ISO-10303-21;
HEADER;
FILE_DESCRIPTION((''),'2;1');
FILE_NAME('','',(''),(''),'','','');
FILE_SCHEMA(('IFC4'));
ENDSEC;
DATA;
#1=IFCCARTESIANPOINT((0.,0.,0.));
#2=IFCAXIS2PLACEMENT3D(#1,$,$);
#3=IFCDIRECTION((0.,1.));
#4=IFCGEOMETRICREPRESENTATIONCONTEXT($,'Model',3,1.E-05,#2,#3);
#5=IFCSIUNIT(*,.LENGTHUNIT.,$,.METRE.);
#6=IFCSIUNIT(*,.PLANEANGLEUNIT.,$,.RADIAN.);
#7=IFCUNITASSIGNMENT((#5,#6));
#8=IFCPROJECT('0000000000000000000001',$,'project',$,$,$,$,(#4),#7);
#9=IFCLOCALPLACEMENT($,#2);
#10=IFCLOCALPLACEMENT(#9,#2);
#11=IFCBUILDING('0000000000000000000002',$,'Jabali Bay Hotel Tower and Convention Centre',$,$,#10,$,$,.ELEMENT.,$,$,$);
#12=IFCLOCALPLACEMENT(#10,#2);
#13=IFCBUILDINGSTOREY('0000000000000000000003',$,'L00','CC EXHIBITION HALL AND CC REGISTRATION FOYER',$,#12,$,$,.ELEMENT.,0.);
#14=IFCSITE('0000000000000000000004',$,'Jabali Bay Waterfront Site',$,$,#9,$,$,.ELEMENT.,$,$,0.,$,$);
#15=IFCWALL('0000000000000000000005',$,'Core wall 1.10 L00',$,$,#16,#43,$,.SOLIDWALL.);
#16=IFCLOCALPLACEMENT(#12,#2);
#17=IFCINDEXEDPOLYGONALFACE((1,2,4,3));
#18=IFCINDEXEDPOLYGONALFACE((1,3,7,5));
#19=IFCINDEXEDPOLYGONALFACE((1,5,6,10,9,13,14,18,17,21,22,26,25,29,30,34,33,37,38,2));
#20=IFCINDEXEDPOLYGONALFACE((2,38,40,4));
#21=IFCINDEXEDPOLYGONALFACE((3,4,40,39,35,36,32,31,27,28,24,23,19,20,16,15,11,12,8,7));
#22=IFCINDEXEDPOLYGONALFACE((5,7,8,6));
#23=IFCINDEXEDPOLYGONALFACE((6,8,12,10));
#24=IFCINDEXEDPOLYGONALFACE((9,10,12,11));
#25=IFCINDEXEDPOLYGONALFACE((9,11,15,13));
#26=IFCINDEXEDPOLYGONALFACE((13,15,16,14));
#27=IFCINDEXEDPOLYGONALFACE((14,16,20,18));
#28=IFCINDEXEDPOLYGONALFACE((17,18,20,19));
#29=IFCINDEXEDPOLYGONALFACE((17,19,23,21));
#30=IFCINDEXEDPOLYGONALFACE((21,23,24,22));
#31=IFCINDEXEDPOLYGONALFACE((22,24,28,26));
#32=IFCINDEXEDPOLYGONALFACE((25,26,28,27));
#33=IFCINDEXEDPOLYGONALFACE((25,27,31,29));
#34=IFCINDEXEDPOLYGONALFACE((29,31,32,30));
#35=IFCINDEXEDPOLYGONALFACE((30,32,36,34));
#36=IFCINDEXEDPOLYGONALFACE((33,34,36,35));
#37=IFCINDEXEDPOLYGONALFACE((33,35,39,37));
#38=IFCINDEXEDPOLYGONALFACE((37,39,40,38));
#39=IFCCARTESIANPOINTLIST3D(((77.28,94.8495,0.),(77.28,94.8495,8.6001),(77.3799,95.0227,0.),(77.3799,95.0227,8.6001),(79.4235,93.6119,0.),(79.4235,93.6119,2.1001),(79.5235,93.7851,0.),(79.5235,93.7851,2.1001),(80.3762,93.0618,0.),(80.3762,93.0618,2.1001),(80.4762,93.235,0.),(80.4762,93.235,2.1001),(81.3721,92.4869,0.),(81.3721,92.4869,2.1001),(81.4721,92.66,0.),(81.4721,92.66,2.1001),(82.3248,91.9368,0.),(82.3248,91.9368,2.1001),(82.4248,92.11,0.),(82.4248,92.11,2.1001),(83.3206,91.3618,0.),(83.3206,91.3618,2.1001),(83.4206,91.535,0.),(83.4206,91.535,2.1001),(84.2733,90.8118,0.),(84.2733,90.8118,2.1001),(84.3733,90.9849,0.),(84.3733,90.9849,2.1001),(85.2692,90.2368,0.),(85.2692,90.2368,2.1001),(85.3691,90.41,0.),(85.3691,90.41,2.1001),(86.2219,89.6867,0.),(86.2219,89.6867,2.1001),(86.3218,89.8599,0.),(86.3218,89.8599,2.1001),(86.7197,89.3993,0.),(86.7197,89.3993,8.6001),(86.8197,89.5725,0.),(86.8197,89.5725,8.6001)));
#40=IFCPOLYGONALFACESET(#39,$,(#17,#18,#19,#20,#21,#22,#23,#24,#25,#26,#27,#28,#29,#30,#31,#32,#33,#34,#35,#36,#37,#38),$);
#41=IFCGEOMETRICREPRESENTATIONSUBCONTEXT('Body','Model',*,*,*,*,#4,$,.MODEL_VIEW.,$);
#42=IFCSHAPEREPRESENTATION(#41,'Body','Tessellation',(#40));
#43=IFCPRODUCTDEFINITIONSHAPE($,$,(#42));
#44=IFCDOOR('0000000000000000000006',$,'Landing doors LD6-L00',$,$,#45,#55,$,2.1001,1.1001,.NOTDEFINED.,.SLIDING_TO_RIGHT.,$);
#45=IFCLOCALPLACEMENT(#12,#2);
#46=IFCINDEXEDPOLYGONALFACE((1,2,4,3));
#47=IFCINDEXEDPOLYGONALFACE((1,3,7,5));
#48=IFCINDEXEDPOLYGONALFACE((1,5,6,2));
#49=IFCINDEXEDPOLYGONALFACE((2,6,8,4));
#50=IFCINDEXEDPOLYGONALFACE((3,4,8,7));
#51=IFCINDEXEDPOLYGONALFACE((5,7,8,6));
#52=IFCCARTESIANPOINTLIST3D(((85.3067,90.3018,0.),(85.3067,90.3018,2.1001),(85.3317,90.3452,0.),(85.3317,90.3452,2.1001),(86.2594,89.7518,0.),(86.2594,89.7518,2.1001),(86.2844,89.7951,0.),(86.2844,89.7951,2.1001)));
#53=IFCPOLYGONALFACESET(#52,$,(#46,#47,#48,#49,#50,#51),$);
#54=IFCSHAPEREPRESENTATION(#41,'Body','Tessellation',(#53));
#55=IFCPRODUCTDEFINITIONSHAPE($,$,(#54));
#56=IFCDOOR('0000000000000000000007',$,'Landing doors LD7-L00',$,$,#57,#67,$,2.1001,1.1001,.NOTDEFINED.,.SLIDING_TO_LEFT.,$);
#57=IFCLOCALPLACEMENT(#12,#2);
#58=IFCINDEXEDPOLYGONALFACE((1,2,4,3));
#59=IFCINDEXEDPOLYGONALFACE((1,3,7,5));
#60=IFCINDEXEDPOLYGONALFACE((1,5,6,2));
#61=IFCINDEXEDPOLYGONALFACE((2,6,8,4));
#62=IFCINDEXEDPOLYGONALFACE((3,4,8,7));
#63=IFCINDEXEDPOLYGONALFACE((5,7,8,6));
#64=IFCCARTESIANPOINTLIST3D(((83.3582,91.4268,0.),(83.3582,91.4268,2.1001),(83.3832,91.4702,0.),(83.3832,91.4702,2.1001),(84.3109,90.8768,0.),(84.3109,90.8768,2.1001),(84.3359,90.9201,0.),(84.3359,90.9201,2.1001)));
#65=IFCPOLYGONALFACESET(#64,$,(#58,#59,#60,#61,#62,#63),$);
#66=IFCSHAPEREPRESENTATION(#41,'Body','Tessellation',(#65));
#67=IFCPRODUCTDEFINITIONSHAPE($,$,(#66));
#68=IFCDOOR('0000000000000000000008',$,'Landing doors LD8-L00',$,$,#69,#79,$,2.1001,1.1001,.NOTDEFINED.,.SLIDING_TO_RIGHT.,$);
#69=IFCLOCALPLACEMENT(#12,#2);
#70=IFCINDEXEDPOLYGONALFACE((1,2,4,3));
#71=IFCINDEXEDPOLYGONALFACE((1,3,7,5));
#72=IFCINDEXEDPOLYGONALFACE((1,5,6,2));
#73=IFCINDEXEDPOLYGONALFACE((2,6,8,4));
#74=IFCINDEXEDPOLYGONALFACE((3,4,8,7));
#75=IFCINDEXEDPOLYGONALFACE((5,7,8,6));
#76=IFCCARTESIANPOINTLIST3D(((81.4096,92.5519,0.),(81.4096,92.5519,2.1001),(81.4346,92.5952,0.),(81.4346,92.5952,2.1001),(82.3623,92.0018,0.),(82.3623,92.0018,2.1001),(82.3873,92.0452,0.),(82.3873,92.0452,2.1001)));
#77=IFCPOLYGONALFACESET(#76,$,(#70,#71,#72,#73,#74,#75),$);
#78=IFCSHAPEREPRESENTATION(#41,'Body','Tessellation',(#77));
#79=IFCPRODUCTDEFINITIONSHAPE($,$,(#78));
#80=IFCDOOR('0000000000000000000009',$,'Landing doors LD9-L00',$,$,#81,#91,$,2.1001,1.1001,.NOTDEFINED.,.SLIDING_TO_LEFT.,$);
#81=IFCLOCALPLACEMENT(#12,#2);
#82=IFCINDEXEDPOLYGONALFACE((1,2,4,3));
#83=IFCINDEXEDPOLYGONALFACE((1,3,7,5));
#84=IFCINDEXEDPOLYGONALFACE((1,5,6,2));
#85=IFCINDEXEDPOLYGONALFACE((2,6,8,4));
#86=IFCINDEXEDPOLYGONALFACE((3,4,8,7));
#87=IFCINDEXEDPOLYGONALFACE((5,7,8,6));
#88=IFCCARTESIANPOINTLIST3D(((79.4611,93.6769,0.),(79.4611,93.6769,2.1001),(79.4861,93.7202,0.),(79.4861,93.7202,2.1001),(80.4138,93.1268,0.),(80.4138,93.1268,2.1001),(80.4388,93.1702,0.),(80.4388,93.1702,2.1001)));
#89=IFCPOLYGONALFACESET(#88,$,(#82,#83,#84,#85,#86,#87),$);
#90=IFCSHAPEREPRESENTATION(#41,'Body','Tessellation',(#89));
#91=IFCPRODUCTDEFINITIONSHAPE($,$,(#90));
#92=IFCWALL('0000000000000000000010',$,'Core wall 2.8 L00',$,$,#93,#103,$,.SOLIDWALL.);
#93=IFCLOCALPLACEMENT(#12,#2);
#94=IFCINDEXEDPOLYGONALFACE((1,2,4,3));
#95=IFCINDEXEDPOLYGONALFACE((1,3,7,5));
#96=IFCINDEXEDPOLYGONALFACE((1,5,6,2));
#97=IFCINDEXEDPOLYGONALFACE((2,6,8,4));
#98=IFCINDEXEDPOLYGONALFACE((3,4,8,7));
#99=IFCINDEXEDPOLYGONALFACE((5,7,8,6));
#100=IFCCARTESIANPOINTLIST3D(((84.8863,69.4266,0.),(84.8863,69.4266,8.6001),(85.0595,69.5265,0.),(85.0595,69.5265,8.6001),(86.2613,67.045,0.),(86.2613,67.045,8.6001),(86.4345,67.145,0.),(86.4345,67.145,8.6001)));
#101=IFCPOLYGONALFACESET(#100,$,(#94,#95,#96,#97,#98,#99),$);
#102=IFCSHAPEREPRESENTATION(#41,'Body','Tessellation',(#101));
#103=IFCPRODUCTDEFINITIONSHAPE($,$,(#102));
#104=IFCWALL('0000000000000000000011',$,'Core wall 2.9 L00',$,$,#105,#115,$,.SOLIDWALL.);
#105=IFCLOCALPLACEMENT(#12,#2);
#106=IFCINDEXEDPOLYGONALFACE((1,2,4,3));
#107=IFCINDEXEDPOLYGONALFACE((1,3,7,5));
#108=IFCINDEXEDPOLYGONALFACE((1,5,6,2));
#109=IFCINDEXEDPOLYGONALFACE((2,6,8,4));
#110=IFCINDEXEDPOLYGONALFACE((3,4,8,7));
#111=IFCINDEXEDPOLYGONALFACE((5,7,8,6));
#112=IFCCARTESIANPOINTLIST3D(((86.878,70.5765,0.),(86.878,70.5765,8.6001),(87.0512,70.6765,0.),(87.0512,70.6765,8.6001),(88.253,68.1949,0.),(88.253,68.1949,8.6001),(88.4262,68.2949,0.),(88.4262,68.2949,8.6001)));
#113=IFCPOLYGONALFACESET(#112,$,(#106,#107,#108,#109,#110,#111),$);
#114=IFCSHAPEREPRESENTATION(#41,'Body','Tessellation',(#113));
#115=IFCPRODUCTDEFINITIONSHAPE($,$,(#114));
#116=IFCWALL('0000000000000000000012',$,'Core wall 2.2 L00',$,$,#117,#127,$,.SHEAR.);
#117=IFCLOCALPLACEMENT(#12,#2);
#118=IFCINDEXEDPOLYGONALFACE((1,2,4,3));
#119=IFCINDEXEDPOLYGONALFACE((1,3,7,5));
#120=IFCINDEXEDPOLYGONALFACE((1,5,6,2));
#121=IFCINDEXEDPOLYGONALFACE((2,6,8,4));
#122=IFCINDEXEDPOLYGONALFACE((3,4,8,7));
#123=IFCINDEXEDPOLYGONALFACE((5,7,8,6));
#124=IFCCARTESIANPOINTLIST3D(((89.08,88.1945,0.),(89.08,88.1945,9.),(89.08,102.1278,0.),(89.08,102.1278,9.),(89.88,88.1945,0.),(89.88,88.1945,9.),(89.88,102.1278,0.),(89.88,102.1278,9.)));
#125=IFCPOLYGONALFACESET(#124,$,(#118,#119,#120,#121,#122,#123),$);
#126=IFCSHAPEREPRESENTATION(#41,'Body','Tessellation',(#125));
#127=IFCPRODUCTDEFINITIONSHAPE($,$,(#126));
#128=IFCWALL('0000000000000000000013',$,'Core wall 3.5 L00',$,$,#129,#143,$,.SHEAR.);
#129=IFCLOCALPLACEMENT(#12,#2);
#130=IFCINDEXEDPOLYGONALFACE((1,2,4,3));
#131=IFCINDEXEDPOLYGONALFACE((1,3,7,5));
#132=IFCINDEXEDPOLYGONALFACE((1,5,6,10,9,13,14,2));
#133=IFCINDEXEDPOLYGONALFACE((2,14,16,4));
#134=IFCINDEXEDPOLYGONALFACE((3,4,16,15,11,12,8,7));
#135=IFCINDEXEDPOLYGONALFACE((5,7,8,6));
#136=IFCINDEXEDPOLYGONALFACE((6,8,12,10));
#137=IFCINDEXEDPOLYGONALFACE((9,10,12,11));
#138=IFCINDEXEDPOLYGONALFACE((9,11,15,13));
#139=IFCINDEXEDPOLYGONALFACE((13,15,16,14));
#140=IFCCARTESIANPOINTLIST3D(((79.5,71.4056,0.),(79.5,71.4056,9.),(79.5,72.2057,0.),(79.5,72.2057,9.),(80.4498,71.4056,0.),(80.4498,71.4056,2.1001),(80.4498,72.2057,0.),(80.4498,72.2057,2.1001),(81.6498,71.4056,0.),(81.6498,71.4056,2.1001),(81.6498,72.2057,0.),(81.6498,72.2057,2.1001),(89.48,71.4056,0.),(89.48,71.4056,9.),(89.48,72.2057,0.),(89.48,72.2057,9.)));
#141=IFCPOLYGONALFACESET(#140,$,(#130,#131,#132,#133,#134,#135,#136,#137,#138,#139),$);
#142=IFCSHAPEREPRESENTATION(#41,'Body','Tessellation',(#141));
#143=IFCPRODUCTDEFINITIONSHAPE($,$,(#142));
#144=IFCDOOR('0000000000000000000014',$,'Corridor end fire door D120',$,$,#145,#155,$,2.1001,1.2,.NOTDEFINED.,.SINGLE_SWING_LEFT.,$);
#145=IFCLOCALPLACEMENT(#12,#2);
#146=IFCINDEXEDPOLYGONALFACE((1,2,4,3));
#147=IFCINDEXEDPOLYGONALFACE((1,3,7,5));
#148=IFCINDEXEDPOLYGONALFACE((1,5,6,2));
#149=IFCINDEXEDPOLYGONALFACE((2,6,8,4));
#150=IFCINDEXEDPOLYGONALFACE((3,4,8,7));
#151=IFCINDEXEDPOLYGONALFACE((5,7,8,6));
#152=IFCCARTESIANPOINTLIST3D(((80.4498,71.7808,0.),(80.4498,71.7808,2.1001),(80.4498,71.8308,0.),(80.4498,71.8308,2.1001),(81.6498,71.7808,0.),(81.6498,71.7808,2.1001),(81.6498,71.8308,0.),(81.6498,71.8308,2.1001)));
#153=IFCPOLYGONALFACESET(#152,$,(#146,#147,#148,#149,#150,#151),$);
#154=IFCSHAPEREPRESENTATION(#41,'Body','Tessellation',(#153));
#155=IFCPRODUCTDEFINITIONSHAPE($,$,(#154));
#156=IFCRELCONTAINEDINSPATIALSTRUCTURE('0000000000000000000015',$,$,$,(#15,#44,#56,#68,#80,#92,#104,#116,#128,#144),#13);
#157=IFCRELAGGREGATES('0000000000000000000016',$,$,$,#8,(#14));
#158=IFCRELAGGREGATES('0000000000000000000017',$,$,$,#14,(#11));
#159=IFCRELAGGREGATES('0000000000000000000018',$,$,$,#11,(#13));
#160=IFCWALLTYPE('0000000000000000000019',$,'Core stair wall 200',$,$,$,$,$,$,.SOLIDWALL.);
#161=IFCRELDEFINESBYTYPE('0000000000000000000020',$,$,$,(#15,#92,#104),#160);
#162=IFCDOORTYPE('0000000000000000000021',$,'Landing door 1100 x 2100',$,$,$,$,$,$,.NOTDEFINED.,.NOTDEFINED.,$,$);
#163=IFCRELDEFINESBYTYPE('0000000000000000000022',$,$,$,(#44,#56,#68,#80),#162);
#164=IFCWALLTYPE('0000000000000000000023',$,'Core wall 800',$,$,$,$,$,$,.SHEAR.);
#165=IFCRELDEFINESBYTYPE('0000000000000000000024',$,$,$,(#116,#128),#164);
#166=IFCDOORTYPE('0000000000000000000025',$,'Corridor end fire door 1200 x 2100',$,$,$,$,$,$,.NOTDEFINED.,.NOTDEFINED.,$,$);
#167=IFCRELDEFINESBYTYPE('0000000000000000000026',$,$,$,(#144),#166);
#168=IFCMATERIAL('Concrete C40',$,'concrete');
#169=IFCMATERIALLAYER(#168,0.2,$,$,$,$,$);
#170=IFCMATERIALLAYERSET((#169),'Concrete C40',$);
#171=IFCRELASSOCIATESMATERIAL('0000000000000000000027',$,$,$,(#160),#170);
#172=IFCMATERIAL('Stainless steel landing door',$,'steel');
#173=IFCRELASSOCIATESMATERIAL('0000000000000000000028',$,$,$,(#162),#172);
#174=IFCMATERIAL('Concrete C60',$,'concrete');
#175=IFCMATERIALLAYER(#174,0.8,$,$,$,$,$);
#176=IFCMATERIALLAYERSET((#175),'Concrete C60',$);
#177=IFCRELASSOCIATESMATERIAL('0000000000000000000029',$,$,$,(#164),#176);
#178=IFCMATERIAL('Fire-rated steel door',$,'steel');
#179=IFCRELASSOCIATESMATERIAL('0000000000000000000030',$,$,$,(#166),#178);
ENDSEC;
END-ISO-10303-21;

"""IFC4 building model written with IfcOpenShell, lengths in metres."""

from ifc_helpers import new_model, si_unit, direction, frame, frame_2d, origin, place, context, subcontext, project, spatial, rectangle, extrude, material, layer, layer_set, type_object, element, fill, save


model = new_model("IFC4")

# Units and contexts
model_context = context("Model", 3, precision=1e-05, world=origin(), true_north=direction((0.0, 1.0)))
body_context = subcontext(model_context, "Body", "Model", "MODEL_VIEW")
ifc_project = project(units=[si_unit("LENGTHUNIT", "METRE"), si_unit("PLANEANGLEUNIT", "RADIAN")], contexts=[model_context])

# Site, building, storey
site_placement = place(None, origin())
site = spatial("IfcSite", under=ifc_project, at=site_placement, Name="Jabali Bay Waterfront Site", CompositionType="ELEMENT", RefElevation=0.0)
building_placement = place(site_placement, origin())
building = spatial("IfcBuilding", under=site, at=building_placement, Name="Jabali Bay Hotel Tower and Convention Centre", CompositionType="ELEMENT")
storey_placement = place(building_placement, origin())
storey = spatial("IfcBuildingStorey", under=building, at=storey_placement, Name="L00", Description="CC EXHIBITION HALL AND CC REGISTRATION FOYER", CompositionType="ELEMENT", Elevation=0.0)

# Shared definitions
ifc_material_1 = material(Name="Concrete C40", Category="concrete")
ifc_material_2 = material(Name="Fire-rated steel door", Category="steel")

# Shared definitions
ifc_layer_1 = layer(ifc_material_1, 0.2)
ifc_layer_set_1 = layer_set([ifc_layer_1], Name="Concrete C40")
wall_type_1 = type_object("IfcWallType", Name="Core stair wall 200", PredefinedType="SOLIDWALL", material=ifc_layer_set_1)

# Wall, openings, doors
wall_1_placement = place(storey_placement, frame((86.7698, 89.4858, 0.0), z_axis=(0.0, 0.0, 1.0), x_axis=(-0.866018, 0.500013, 0.0)))
wall_1 = element("IfcWall", 1, at=wall_1_placement, inside=storey, type_object=wall_type_1, Name="Core wall 1.10 L00", PredefinedType="SOLIDWALL", context=body_context, shape_type="SweptSolid", body=[
    extrude(rectangle(XDim=10.9001, YDim=0.2, at=frame_2d((5.4502, 0.0))), origin(), (0.0, 0.0, 1.0), 8.6001),
])
opening_1_placement = place(wall_1_placement, frame((0.575, 0.0, 0.0)))
opening_1 = element("IfcOpeningElement", 2, at=opening_1_placement, cuts=wall_1, PredefinedType="OPENING", context=body_context, shape_type="SweptSolid", body=[
    extrude(rectangle(XDim=1.1001, YDim=2.1001, at=frame_2d((0.55, 1.05))), frame((0.0, 0.1104, 0.0), z_axis=(0.0, -1.0, 0.0), x_axis=(1.0, 0.0, 0.0)), (0.0, 0.0, 1.0), 0.2209),
])
opening_2_placement = place(wall_1_placement, frame((2.825, 0.0, 0.0)))
opening_2 = element("IfcOpeningElement", 3, at=opening_2_placement, cuts=wall_1, PredefinedType="OPENING", context=body_context, shape_type="SweptSolid", body=[
    extrude(rectangle(XDim=1.1001, YDim=2.1001, at=frame_2d((0.55, 1.05))), frame((0.0, 0.1104, 0.0), z_axis=(0.0, -1.0, 0.0), x_axis=(1.0, 0.0, 0.0)), (0.0, 0.0, 1.0), 0.2209),
])
opening_3_placement = place(wall_1_placement, frame((5.075, 0.0, 0.0)))
opening_3 = element("IfcOpeningElement", 4, at=opening_3_placement, cuts=wall_1, PredefinedType="OPENING", context=body_context, shape_type="SweptSolid", body=[
    extrude(rectangle(XDim=1.1001, YDim=2.1001, at=frame_2d((0.55, 1.05))), frame((0.0, 0.1104, 0.0), z_axis=(0.0, -1.0, 0.0), x_axis=(1.0, 0.0, 0.0)), (0.0, 0.0, 1.0), 0.2209),
])
opening_4_placement = place(wall_1_placement, frame((7.325, 0.0, 0.0)))
opening_4 = element("IfcOpeningElement", 5, at=opening_4_placement, cuts=wall_1, PredefinedType="OPENING", context=body_context, shape_type="SweptSolid", body=[
    extrude(rectangle(XDim=1.1001, YDim=2.1001, at=frame_2d((0.55, 1.05))), frame((0.0, 0.1104, 0.0), z_axis=(0.0, -1.0, 0.0), x_axis=(1.0, 0.0, 0.0)), (0.0, 0.0, 1.0), 0.2209),
])
ifc_material_3 = material(Name="Stainless steel landing door", Category="steel")
door_type_1 = type_object("IfcDoorType", Name="Landing door 1100 x 2100", OperationType="NOTDEFINED", PredefinedType="NOTDEFINED", material=ifc_material_3)
door_1_placement = place(opening_1_placement, origin())
door_1 = element("IfcDoor", 6, at=door_1_placement, inside=storey, type_object=door_type_1, Name="Landing doors LD6-L00", OperationType="SLIDING_TO_RIGHT", OverallHeight=2.1001, OverallWidth=1.1001, PredefinedType="NOTDEFINED", context=body_context, shape_type="SweptSolid", body=[
    extrude(rectangle(XDim=1.1001, YDim=2.1001, at=frame_2d((0.55, 1.05))), frame((0.0, 0.0249, 0.0), z_axis=(0.0, -1.0, 0.0), x_axis=(1.0, 0.0, 0.0)), (0.0, 0.0, 1.0), 0.05),
])
fill(opening_1, door_1)
door_2_placement = place(opening_2_placement, origin())
door_2 = element("IfcDoor", 7, at=door_2_placement, inside=storey, type_object=door_type_1, Name="Landing doors LD7-L00", OperationType="SLIDING_TO_LEFT", OverallHeight=2.1001, OverallWidth=1.1001, PredefinedType="NOTDEFINED", context=body_context, shape_type="SweptSolid", body=[
    extrude(rectangle(XDim=1.1001, YDim=2.1001, at=frame_2d((0.55, 1.05))), frame((0.0, 0.0249, 0.0), z_axis=(0.0, -1.0, 0.0), x_axis=(1.0, 0.0, 0.0)), (0.0, 0.0, 1.0), 0.05),
])
fill(opening_2, door_2)
door_3_placement = place(opening_3_placement, origin())
door_3 = element("IfcDoor", 8, at=door_3_placement, inside=storey, type_object=door_type_1, Name="Landing doors LD8-L00", OperationType="SLIDING_TO_RIGHT", OverallHeight=2.1001, OverallWidth=1.1001, PredefinedType="NOTDEFINED", context=body_context, shape_type="SweptSolid", body=[
    extrude(rectangle(XDim=1.1001, YDim=2.1001, at=frame_2d((0.55, 1.05))), frame((0.0, 0.0249, 0.0), z_axis=(0.0, -1.0, 0.0), x_axis=(1.0, 0.0, 0.0)), (0.0, 0.0, 1.0), 0.05),
])
fill(opening_3, door_3)
door_4_placement = place(opening_4_placement, origin())
door_4 = element("IfcDoor", 9, at=door_4_placement, inside=storey, type_object=door_type_1, Name="Landing doors LD9-L00", OperationType="SLIDING_TO_LEFT", OverallHeight=2.1001, OverallWidth=1.1001, PredefinedType="NOTDEFINED", context=body_context, shape_type="SweptSolid", body=[
    extrude(rectangle(XDim=1.1001, YDim=2.1001, at=frame_2d((0.55, 1.05))), frame((0.0, 0.0249, 0.0), z_axis=(0.0, -1.0, 0.0), x_axis=(1.0, 0.0, 0.0)), (0.0, 0.0, 1.0), 0.05),
])
fill(opening_4, door_4)

# Walls
for number, where, z_axis, x_axis, name in (
    (10, (84.9729, 69.4766, 0.0), (0.0, 0.0, 1.0), (0.499997, -0.866027, 0.0), "Core wall 2.8 L00"),
    (11, (86.9646, 70.6265, 0.0), (0.0, 0.0, 1.0), (0.499997, -0.866027, 0.0), "Core wall 2.9 L00"),
):
    element("IfcWall", number, at=place(storey_placement, frame(where, z_axis=z_axis, x_axis=x_axis)), inside=storey, type_object=wall_type_1, Name=name, PredefinedType="SOLIDWALL", context=body_context, shape_type="SweptSolid", body=[
        extrude(rectangle(XDim=2.75, YDim=0.2, at=frame_2d((1.375, 0.0))), origin(), (0.0, 0.0, 1.0), 8.6001),
    ])
ifc_material_4 = material(Name="Concrete C60", Category="concrete")
ifc_layer_2 = layer(ifc_material_4, 0.8)
ifc_layer_set_2 = layer_set([ifc_layer_2], Name="Concrete C60")
wall_type_2 = type_object("IfcWallType", Name="Core wall 800", PredefinedType="SHEAR", material=ifc_layer_set_2)
wall_2_placement = place(storey_placement, frame((89.48, 88.1943, 0.0), z_axis=(0.0, 0.0, 1.0), x_axis=(0.0, 1.0, 0.0)))
element("IfcWall", 12, at=wall_2_placement, inside=storey, type_object=wall_type_2, Name="Core wall 2.2 L00", PredefinedType="SHEAR", context=body_context, shape_type="SweptSolid", body=[
    extrude(rectangle(XDim=13.9333, YDim=0.8, at=frame_2d((6.9668, 0.0))), origin(), (0.0, 0.0, 1.0), 9.0),
])

# Wall, opening, door
wall_3_placement = place(storey_placement, frame((89.48, 71.8057, 0.0), z_axis=(0.0, 0.0, 1.0), x_axis=(-1.0, 0.0, 0.0)))
wall_3 = element("IfcWall", 13, at=wall_3_placement, inside=storey, type_object=wall_type_2, Name="Core wall 3.5 L00", PredefinedType="SHEAR", context=body_context, shape_type="SweptSolid", body=[
    extrude(rectangle(XDim=9.98, YDim=0.8, at=frame_2d((4.99, 0.0))), origin(), (0.0, 0.0, 1.0), 9.0),
])
opening_5_placement = place(wall_3_placement, frame((7.8301, 0.0, 0.0)))
opening_5 = element("IfcOpeningElement", 14, at=opening_5_placement, cuts=wall_3, PredefinedType="OPENING", context=body_context, shape_type="SweptSolid", body=[
    extrude(rectangle(XDim=1.2, YDim=2.1001, at=frame_2d((0.6001, 1.05))), frame((0.0, 0.4106, 0.0), z_axis=(0.0, -1.0, 0.0), x_axis=(1.0, 0.0, 0.0)), (0.0, 0.0, 1.0), 0.821),
])
door_type_2 = type_object("IfcDoorType", Name="Corridor end fire door 1200 x 2100", OperationType="NOTDEFINED", PredefinedType="NOTDEFINED", material=ifc_material_2)
door_5_placement = place(opening_5_placement, origin())
door_5 = element("IfcDoor", 15, at=door_5_placement, inside=storey, type_object=door_type_2, Name="Corridor end fire door D120", OperationType="SINGLE_SWING_LEFT", OverallHeight=2.1001, OverallWidth=1.2, PredefinedType="NOTDEFINED", context=body_context, shape_type="SweptSolid", body=[
    extrude(rectangle(XDim=1.2, YDim=2.1001, at=frame_2d((0.6001, 1.05))), frame((0.0, 0.0249, 0.0), z_axis=(0.0, -1.0, 0.0), x_axis=(1.0, 0.0, 0.0)), (0.0, 0.0, 1.0), 0.05),
])
fill(opening_5, door_5)

save(model, "model.ifc")
